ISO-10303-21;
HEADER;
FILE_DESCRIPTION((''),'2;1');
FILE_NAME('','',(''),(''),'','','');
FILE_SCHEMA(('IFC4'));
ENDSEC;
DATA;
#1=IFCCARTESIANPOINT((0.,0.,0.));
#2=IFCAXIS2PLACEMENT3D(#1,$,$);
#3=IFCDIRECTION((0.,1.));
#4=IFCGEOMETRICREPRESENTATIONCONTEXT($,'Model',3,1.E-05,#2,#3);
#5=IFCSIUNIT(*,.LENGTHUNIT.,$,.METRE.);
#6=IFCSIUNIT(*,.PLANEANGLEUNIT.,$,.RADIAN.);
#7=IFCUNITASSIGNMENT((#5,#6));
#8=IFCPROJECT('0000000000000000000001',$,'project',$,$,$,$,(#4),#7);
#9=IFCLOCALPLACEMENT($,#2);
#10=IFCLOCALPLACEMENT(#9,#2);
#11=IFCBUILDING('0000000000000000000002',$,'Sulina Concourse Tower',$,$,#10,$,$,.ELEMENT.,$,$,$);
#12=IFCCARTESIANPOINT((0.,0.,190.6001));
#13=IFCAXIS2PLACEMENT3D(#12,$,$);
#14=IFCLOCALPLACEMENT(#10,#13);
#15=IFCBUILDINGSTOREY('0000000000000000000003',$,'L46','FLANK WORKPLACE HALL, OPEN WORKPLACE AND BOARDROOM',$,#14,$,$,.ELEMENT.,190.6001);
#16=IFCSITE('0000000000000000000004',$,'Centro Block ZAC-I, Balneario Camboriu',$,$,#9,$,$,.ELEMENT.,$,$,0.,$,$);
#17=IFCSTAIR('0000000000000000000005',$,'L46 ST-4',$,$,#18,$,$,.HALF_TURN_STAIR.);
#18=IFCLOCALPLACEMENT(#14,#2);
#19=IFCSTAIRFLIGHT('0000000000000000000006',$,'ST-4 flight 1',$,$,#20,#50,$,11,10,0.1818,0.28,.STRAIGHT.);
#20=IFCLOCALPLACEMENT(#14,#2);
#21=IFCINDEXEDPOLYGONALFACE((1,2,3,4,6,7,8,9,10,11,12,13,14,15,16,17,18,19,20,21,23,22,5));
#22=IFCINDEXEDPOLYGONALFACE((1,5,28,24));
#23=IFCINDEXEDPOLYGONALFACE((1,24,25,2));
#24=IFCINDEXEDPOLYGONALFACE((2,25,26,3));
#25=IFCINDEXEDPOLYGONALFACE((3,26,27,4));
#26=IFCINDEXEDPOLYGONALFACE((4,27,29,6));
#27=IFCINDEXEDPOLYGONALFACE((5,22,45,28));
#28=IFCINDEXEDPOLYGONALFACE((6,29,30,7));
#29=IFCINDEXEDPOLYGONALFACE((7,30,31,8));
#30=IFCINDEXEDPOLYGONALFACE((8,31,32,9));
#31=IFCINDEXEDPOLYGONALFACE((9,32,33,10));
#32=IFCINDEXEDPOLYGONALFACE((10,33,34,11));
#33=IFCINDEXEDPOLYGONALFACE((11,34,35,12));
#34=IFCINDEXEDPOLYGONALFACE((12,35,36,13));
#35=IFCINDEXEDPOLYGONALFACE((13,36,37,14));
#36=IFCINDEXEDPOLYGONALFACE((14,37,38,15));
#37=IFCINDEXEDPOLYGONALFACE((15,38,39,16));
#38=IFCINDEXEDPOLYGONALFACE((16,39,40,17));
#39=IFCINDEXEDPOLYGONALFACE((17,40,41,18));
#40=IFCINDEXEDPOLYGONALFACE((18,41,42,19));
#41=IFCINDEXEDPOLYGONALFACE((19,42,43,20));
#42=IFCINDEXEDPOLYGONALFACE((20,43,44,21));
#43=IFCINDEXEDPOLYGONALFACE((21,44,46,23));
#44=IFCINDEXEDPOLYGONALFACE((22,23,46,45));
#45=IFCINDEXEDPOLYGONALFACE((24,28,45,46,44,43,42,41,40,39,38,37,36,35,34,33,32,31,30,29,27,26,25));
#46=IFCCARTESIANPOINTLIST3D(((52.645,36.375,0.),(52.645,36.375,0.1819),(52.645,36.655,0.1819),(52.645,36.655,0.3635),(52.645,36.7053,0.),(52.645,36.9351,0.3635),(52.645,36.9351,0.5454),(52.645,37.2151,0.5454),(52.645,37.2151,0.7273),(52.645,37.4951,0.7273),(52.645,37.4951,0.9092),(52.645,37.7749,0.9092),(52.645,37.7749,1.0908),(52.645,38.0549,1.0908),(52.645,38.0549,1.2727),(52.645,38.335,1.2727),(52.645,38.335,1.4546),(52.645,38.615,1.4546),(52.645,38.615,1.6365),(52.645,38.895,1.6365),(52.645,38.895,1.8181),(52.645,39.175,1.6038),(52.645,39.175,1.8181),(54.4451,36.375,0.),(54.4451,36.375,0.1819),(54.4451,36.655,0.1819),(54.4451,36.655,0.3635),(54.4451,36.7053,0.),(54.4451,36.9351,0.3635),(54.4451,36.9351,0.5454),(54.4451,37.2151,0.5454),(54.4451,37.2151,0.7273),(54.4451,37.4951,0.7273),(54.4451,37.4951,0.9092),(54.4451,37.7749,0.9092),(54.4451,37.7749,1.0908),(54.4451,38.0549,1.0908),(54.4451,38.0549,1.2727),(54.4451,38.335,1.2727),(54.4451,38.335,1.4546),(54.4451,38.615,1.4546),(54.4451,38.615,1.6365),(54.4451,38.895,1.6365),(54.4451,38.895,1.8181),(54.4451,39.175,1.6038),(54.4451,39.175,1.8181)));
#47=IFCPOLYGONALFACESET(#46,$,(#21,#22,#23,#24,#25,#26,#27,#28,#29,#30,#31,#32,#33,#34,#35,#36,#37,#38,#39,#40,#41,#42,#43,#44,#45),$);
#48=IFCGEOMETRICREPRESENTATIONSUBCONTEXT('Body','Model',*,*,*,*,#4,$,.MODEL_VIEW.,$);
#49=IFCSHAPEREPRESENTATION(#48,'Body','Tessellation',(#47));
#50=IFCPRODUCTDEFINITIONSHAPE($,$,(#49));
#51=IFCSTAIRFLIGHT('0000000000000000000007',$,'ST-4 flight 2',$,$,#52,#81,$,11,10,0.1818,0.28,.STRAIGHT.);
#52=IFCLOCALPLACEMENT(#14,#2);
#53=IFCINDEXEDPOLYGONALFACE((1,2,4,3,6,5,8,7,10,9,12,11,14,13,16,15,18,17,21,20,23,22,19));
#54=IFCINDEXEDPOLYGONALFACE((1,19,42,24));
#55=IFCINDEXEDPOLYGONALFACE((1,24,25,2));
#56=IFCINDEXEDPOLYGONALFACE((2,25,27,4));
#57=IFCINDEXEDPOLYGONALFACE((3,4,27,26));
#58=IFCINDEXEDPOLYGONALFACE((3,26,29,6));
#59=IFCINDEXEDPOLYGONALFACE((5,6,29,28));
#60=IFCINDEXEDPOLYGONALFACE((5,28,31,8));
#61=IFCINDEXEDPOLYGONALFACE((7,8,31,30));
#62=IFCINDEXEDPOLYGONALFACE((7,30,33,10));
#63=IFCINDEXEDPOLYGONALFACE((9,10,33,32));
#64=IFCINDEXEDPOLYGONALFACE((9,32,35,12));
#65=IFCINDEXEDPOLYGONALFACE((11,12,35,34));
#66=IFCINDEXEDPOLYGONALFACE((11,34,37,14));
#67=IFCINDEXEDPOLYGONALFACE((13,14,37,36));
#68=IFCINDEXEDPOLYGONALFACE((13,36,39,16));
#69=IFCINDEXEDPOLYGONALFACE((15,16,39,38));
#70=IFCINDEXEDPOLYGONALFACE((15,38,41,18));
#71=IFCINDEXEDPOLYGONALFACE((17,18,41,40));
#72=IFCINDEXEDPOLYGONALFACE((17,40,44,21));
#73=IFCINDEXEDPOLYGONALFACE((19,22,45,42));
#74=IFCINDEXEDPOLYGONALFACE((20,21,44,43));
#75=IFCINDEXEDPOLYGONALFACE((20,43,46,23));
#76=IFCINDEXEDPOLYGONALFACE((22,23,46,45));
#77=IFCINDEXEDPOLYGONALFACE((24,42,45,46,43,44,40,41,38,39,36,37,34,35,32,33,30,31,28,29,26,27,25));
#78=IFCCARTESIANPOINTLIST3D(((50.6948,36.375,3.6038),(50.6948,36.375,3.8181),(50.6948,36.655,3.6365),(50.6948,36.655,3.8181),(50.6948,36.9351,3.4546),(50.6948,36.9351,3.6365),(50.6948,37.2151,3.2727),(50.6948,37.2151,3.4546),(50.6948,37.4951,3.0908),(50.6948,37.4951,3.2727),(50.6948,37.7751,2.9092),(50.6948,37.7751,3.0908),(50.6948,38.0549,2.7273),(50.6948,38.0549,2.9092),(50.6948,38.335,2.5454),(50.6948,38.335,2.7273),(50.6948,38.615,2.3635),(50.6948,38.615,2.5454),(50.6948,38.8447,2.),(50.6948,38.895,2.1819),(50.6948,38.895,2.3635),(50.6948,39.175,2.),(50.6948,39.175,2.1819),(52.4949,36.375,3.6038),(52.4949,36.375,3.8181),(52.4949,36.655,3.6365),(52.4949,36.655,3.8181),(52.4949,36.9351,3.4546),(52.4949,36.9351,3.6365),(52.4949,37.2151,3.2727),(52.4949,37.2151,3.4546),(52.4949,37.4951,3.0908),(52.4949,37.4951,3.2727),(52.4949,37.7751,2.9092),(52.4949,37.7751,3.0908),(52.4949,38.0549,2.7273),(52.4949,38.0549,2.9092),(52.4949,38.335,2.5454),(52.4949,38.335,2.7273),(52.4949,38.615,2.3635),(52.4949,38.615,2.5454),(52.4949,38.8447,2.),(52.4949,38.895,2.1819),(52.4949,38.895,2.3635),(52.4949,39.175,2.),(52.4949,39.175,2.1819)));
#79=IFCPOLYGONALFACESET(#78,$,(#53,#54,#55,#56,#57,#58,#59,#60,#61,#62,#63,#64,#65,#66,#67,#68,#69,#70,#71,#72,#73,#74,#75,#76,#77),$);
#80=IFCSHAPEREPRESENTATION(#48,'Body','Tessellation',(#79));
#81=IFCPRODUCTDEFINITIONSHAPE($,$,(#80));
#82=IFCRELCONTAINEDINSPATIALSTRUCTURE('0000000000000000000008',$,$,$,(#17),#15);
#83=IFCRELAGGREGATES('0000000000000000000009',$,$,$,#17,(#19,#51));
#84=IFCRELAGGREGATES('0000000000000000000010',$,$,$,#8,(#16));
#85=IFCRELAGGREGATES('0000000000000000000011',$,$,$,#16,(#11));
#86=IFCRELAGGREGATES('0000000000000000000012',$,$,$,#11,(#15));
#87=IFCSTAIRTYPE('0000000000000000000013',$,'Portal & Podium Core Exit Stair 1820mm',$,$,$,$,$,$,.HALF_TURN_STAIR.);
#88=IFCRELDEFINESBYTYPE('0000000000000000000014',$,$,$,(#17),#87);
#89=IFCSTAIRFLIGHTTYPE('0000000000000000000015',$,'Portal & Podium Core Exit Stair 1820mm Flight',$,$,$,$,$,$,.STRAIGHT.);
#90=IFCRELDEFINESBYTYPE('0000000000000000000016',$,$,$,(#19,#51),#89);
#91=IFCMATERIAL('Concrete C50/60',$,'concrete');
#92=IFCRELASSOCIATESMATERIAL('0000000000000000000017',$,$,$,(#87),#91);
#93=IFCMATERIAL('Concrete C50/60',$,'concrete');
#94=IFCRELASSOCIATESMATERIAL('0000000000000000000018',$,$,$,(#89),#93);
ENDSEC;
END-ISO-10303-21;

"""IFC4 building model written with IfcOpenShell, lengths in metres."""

from ifc_helpers import new_model, si_unit, direction, frame, origin, place, context, subcontext, project, spatial, polyline, outline, extrude, material, type_object, element, aggregate, save


model = new_model("IFC4")

# Units and contexts
model_context = context("Model", 3, precision=1e-05, world=origin(), true_north=direction((0.0, 1.0)))
body_context = subcontext(model_context, "Body", "Model", "MODEL_VIEW")
ifc_project = project(units=[si_unit("LENGTHUNIT", "METRE"), si_unit("PLANEANGLEUNIT", "RADIAN")], contexts=[model_context])

# Site, building, storey
site_placement = place(None, origin())
site = spatial("IfcSite", under=ifc_project, at=site_placement, Name="Centro Block ZAC-I, Balneario Camboriu", CompositionType="ELEMENT", RefElevation=0.0)
building_placement = place(site_placement, origin())
building = spatial("IfcBuilding", under=site, at=building_placement, Name="Sulina Concourse Tower", CompositionType="ELEMENT")
storey_placement = place(building_placement, frame((0.0, 0.0, 190.6001)))
storey = spatial("IfcBuildingStorey", under=building, at=storey_placement, Name="L46", Description="FLANK WORKPLACE HALL, OPEN WORKPLACE AND BOARDROOM", CompositionType="ELEMENT", Elevation=190.6001)

# Stair, stair flights
ifc_material_1 = material(Name="Concrete C50/60", Category="concrete")
stair_type = type_object("IfcStairType", Name="Portal & Podium Core Exit Stair 1820mm", PredefinedType="HALF_TURN_STAIR", material=ifc_material_1)
stair_placement = place(storey_placement, origin())
stair = element("IfcStair", 1, at=stair_placement, inside=storey, type_object=stair_type, Name="L46 ST-4", PredefinedType="HALF_TURN_STAIR")
ifc_material_2 = material(Name="Concrete C50/60", Category="concrete")
stair_flight_type = type_object("IfcStairFlightType", Name="Portal & Podium Core Exit Stair 1820mm Flight", PredefinedType="STRAIGHT", material=ifc_material_2)
stair_flight_1_placement = place(storey_placement, frame((53.5449, 36.375, 0.0), z_axis=(0.0, 0.0, 1.0), x_axis=(0.0, 1.0, 0.0)))
stair_flight_1 = element("IfcStairFlight", 2, at=stair_flight_1_placement, type_object=stair_flight_type, Name="ST-4 flight 1", NumberOfRisers=11, NumberOfTreads=10, PredefinedType="STRAIGHT", RiserHeight=0.1818, TreadLength=0.28, context=body_context, shape_type="SweptSolid", body=[
    extrude(outline(polyline([(0.0, 0.0), (0.0, 0.1819), (0.28, 0.1819), (0.28, 0.3635), (0.5601, 0.3635), (0.5601, 0.5454), (0.8401, 0.5454), (0.8401, 0.7273), (1.1201, 0.7273), (1.1201, 0.9092), (1.3999, 0.9092), (1.3999, 1.0908), (1.6799, 1.0908), (1.6799, 1.2727), (1.96, 1.2727), (1.96, 1.4546), (2.24, 1.4546), (2.24, 1.6365), (2.52, 1.6365), (2.52, 1.8181), (2.8, 1.8181), (2.8, 2.0), (2.8, 1.6038), (0.3303, 0.0), (0.0, 0.0)])), frame((0.0, 0.8999, 0.0), z_axis=(0.0, -1.0, 0.0), x_axis=(1.0, 0.0, 0.0)), (0.0, 0.0, 1.0), 1.8),
])
stair_flight_2_placement = place(storey_placement, frame((51.595, 39.175, 2.0), z_axis=(0.0, 0.0, 1.0), x_axis=(0.0, -1.0, 0.0)))
stair_flight_2 = element("IfcStairFlight", 3, at=stair_flight_2_placement, type_object=stair_flight_type, Name="ST-4 flight 2", NumberOfRisers=11, NumberOfTreads=10, PredefinedType="STRAIGHT", RiserHeight=0.1818, TreadLength=0.28, context=body_context, shape_type="SweptSolid", body=[
    extrude(outline(polyline([(0.0, 0.0), (0.0, 0.1819), (0.28, 0.1819), (0.28, 0.3635), (0.5601, 0.3635), (0.5601, 0.5454), (0.8401, 0.5454), (0.8401, 0.7273), (1.1201, 0.7273), (1.1201, 0.9092), (1.3999, 0.9092), (1.3999, 1.0908), (1.6799, 1.0908), (1.6799, 1.2727), (1.96, 1.2727), (1.96, 1.4546), (2.24, 1.4546), (2.24, 1.6365), (2.52, 1.6365), (2.52, 1.8181), (2.8, 1.8181), (2.8, 2.0), (2.8, 1.6038), (0.3303, 0.0), (0.0, 0.0)])), frame((0.0, 0.8999, 0.0), z_axis=(0.0, -1.0, 0.0), x_axis=(1.0, 0.0, 0.0)), (0.0, 0.0, 1.0), 1.8),
])
aggregate(stair, [stair_flight_1, stair_flight_2])

save(model, "model.ifc")
